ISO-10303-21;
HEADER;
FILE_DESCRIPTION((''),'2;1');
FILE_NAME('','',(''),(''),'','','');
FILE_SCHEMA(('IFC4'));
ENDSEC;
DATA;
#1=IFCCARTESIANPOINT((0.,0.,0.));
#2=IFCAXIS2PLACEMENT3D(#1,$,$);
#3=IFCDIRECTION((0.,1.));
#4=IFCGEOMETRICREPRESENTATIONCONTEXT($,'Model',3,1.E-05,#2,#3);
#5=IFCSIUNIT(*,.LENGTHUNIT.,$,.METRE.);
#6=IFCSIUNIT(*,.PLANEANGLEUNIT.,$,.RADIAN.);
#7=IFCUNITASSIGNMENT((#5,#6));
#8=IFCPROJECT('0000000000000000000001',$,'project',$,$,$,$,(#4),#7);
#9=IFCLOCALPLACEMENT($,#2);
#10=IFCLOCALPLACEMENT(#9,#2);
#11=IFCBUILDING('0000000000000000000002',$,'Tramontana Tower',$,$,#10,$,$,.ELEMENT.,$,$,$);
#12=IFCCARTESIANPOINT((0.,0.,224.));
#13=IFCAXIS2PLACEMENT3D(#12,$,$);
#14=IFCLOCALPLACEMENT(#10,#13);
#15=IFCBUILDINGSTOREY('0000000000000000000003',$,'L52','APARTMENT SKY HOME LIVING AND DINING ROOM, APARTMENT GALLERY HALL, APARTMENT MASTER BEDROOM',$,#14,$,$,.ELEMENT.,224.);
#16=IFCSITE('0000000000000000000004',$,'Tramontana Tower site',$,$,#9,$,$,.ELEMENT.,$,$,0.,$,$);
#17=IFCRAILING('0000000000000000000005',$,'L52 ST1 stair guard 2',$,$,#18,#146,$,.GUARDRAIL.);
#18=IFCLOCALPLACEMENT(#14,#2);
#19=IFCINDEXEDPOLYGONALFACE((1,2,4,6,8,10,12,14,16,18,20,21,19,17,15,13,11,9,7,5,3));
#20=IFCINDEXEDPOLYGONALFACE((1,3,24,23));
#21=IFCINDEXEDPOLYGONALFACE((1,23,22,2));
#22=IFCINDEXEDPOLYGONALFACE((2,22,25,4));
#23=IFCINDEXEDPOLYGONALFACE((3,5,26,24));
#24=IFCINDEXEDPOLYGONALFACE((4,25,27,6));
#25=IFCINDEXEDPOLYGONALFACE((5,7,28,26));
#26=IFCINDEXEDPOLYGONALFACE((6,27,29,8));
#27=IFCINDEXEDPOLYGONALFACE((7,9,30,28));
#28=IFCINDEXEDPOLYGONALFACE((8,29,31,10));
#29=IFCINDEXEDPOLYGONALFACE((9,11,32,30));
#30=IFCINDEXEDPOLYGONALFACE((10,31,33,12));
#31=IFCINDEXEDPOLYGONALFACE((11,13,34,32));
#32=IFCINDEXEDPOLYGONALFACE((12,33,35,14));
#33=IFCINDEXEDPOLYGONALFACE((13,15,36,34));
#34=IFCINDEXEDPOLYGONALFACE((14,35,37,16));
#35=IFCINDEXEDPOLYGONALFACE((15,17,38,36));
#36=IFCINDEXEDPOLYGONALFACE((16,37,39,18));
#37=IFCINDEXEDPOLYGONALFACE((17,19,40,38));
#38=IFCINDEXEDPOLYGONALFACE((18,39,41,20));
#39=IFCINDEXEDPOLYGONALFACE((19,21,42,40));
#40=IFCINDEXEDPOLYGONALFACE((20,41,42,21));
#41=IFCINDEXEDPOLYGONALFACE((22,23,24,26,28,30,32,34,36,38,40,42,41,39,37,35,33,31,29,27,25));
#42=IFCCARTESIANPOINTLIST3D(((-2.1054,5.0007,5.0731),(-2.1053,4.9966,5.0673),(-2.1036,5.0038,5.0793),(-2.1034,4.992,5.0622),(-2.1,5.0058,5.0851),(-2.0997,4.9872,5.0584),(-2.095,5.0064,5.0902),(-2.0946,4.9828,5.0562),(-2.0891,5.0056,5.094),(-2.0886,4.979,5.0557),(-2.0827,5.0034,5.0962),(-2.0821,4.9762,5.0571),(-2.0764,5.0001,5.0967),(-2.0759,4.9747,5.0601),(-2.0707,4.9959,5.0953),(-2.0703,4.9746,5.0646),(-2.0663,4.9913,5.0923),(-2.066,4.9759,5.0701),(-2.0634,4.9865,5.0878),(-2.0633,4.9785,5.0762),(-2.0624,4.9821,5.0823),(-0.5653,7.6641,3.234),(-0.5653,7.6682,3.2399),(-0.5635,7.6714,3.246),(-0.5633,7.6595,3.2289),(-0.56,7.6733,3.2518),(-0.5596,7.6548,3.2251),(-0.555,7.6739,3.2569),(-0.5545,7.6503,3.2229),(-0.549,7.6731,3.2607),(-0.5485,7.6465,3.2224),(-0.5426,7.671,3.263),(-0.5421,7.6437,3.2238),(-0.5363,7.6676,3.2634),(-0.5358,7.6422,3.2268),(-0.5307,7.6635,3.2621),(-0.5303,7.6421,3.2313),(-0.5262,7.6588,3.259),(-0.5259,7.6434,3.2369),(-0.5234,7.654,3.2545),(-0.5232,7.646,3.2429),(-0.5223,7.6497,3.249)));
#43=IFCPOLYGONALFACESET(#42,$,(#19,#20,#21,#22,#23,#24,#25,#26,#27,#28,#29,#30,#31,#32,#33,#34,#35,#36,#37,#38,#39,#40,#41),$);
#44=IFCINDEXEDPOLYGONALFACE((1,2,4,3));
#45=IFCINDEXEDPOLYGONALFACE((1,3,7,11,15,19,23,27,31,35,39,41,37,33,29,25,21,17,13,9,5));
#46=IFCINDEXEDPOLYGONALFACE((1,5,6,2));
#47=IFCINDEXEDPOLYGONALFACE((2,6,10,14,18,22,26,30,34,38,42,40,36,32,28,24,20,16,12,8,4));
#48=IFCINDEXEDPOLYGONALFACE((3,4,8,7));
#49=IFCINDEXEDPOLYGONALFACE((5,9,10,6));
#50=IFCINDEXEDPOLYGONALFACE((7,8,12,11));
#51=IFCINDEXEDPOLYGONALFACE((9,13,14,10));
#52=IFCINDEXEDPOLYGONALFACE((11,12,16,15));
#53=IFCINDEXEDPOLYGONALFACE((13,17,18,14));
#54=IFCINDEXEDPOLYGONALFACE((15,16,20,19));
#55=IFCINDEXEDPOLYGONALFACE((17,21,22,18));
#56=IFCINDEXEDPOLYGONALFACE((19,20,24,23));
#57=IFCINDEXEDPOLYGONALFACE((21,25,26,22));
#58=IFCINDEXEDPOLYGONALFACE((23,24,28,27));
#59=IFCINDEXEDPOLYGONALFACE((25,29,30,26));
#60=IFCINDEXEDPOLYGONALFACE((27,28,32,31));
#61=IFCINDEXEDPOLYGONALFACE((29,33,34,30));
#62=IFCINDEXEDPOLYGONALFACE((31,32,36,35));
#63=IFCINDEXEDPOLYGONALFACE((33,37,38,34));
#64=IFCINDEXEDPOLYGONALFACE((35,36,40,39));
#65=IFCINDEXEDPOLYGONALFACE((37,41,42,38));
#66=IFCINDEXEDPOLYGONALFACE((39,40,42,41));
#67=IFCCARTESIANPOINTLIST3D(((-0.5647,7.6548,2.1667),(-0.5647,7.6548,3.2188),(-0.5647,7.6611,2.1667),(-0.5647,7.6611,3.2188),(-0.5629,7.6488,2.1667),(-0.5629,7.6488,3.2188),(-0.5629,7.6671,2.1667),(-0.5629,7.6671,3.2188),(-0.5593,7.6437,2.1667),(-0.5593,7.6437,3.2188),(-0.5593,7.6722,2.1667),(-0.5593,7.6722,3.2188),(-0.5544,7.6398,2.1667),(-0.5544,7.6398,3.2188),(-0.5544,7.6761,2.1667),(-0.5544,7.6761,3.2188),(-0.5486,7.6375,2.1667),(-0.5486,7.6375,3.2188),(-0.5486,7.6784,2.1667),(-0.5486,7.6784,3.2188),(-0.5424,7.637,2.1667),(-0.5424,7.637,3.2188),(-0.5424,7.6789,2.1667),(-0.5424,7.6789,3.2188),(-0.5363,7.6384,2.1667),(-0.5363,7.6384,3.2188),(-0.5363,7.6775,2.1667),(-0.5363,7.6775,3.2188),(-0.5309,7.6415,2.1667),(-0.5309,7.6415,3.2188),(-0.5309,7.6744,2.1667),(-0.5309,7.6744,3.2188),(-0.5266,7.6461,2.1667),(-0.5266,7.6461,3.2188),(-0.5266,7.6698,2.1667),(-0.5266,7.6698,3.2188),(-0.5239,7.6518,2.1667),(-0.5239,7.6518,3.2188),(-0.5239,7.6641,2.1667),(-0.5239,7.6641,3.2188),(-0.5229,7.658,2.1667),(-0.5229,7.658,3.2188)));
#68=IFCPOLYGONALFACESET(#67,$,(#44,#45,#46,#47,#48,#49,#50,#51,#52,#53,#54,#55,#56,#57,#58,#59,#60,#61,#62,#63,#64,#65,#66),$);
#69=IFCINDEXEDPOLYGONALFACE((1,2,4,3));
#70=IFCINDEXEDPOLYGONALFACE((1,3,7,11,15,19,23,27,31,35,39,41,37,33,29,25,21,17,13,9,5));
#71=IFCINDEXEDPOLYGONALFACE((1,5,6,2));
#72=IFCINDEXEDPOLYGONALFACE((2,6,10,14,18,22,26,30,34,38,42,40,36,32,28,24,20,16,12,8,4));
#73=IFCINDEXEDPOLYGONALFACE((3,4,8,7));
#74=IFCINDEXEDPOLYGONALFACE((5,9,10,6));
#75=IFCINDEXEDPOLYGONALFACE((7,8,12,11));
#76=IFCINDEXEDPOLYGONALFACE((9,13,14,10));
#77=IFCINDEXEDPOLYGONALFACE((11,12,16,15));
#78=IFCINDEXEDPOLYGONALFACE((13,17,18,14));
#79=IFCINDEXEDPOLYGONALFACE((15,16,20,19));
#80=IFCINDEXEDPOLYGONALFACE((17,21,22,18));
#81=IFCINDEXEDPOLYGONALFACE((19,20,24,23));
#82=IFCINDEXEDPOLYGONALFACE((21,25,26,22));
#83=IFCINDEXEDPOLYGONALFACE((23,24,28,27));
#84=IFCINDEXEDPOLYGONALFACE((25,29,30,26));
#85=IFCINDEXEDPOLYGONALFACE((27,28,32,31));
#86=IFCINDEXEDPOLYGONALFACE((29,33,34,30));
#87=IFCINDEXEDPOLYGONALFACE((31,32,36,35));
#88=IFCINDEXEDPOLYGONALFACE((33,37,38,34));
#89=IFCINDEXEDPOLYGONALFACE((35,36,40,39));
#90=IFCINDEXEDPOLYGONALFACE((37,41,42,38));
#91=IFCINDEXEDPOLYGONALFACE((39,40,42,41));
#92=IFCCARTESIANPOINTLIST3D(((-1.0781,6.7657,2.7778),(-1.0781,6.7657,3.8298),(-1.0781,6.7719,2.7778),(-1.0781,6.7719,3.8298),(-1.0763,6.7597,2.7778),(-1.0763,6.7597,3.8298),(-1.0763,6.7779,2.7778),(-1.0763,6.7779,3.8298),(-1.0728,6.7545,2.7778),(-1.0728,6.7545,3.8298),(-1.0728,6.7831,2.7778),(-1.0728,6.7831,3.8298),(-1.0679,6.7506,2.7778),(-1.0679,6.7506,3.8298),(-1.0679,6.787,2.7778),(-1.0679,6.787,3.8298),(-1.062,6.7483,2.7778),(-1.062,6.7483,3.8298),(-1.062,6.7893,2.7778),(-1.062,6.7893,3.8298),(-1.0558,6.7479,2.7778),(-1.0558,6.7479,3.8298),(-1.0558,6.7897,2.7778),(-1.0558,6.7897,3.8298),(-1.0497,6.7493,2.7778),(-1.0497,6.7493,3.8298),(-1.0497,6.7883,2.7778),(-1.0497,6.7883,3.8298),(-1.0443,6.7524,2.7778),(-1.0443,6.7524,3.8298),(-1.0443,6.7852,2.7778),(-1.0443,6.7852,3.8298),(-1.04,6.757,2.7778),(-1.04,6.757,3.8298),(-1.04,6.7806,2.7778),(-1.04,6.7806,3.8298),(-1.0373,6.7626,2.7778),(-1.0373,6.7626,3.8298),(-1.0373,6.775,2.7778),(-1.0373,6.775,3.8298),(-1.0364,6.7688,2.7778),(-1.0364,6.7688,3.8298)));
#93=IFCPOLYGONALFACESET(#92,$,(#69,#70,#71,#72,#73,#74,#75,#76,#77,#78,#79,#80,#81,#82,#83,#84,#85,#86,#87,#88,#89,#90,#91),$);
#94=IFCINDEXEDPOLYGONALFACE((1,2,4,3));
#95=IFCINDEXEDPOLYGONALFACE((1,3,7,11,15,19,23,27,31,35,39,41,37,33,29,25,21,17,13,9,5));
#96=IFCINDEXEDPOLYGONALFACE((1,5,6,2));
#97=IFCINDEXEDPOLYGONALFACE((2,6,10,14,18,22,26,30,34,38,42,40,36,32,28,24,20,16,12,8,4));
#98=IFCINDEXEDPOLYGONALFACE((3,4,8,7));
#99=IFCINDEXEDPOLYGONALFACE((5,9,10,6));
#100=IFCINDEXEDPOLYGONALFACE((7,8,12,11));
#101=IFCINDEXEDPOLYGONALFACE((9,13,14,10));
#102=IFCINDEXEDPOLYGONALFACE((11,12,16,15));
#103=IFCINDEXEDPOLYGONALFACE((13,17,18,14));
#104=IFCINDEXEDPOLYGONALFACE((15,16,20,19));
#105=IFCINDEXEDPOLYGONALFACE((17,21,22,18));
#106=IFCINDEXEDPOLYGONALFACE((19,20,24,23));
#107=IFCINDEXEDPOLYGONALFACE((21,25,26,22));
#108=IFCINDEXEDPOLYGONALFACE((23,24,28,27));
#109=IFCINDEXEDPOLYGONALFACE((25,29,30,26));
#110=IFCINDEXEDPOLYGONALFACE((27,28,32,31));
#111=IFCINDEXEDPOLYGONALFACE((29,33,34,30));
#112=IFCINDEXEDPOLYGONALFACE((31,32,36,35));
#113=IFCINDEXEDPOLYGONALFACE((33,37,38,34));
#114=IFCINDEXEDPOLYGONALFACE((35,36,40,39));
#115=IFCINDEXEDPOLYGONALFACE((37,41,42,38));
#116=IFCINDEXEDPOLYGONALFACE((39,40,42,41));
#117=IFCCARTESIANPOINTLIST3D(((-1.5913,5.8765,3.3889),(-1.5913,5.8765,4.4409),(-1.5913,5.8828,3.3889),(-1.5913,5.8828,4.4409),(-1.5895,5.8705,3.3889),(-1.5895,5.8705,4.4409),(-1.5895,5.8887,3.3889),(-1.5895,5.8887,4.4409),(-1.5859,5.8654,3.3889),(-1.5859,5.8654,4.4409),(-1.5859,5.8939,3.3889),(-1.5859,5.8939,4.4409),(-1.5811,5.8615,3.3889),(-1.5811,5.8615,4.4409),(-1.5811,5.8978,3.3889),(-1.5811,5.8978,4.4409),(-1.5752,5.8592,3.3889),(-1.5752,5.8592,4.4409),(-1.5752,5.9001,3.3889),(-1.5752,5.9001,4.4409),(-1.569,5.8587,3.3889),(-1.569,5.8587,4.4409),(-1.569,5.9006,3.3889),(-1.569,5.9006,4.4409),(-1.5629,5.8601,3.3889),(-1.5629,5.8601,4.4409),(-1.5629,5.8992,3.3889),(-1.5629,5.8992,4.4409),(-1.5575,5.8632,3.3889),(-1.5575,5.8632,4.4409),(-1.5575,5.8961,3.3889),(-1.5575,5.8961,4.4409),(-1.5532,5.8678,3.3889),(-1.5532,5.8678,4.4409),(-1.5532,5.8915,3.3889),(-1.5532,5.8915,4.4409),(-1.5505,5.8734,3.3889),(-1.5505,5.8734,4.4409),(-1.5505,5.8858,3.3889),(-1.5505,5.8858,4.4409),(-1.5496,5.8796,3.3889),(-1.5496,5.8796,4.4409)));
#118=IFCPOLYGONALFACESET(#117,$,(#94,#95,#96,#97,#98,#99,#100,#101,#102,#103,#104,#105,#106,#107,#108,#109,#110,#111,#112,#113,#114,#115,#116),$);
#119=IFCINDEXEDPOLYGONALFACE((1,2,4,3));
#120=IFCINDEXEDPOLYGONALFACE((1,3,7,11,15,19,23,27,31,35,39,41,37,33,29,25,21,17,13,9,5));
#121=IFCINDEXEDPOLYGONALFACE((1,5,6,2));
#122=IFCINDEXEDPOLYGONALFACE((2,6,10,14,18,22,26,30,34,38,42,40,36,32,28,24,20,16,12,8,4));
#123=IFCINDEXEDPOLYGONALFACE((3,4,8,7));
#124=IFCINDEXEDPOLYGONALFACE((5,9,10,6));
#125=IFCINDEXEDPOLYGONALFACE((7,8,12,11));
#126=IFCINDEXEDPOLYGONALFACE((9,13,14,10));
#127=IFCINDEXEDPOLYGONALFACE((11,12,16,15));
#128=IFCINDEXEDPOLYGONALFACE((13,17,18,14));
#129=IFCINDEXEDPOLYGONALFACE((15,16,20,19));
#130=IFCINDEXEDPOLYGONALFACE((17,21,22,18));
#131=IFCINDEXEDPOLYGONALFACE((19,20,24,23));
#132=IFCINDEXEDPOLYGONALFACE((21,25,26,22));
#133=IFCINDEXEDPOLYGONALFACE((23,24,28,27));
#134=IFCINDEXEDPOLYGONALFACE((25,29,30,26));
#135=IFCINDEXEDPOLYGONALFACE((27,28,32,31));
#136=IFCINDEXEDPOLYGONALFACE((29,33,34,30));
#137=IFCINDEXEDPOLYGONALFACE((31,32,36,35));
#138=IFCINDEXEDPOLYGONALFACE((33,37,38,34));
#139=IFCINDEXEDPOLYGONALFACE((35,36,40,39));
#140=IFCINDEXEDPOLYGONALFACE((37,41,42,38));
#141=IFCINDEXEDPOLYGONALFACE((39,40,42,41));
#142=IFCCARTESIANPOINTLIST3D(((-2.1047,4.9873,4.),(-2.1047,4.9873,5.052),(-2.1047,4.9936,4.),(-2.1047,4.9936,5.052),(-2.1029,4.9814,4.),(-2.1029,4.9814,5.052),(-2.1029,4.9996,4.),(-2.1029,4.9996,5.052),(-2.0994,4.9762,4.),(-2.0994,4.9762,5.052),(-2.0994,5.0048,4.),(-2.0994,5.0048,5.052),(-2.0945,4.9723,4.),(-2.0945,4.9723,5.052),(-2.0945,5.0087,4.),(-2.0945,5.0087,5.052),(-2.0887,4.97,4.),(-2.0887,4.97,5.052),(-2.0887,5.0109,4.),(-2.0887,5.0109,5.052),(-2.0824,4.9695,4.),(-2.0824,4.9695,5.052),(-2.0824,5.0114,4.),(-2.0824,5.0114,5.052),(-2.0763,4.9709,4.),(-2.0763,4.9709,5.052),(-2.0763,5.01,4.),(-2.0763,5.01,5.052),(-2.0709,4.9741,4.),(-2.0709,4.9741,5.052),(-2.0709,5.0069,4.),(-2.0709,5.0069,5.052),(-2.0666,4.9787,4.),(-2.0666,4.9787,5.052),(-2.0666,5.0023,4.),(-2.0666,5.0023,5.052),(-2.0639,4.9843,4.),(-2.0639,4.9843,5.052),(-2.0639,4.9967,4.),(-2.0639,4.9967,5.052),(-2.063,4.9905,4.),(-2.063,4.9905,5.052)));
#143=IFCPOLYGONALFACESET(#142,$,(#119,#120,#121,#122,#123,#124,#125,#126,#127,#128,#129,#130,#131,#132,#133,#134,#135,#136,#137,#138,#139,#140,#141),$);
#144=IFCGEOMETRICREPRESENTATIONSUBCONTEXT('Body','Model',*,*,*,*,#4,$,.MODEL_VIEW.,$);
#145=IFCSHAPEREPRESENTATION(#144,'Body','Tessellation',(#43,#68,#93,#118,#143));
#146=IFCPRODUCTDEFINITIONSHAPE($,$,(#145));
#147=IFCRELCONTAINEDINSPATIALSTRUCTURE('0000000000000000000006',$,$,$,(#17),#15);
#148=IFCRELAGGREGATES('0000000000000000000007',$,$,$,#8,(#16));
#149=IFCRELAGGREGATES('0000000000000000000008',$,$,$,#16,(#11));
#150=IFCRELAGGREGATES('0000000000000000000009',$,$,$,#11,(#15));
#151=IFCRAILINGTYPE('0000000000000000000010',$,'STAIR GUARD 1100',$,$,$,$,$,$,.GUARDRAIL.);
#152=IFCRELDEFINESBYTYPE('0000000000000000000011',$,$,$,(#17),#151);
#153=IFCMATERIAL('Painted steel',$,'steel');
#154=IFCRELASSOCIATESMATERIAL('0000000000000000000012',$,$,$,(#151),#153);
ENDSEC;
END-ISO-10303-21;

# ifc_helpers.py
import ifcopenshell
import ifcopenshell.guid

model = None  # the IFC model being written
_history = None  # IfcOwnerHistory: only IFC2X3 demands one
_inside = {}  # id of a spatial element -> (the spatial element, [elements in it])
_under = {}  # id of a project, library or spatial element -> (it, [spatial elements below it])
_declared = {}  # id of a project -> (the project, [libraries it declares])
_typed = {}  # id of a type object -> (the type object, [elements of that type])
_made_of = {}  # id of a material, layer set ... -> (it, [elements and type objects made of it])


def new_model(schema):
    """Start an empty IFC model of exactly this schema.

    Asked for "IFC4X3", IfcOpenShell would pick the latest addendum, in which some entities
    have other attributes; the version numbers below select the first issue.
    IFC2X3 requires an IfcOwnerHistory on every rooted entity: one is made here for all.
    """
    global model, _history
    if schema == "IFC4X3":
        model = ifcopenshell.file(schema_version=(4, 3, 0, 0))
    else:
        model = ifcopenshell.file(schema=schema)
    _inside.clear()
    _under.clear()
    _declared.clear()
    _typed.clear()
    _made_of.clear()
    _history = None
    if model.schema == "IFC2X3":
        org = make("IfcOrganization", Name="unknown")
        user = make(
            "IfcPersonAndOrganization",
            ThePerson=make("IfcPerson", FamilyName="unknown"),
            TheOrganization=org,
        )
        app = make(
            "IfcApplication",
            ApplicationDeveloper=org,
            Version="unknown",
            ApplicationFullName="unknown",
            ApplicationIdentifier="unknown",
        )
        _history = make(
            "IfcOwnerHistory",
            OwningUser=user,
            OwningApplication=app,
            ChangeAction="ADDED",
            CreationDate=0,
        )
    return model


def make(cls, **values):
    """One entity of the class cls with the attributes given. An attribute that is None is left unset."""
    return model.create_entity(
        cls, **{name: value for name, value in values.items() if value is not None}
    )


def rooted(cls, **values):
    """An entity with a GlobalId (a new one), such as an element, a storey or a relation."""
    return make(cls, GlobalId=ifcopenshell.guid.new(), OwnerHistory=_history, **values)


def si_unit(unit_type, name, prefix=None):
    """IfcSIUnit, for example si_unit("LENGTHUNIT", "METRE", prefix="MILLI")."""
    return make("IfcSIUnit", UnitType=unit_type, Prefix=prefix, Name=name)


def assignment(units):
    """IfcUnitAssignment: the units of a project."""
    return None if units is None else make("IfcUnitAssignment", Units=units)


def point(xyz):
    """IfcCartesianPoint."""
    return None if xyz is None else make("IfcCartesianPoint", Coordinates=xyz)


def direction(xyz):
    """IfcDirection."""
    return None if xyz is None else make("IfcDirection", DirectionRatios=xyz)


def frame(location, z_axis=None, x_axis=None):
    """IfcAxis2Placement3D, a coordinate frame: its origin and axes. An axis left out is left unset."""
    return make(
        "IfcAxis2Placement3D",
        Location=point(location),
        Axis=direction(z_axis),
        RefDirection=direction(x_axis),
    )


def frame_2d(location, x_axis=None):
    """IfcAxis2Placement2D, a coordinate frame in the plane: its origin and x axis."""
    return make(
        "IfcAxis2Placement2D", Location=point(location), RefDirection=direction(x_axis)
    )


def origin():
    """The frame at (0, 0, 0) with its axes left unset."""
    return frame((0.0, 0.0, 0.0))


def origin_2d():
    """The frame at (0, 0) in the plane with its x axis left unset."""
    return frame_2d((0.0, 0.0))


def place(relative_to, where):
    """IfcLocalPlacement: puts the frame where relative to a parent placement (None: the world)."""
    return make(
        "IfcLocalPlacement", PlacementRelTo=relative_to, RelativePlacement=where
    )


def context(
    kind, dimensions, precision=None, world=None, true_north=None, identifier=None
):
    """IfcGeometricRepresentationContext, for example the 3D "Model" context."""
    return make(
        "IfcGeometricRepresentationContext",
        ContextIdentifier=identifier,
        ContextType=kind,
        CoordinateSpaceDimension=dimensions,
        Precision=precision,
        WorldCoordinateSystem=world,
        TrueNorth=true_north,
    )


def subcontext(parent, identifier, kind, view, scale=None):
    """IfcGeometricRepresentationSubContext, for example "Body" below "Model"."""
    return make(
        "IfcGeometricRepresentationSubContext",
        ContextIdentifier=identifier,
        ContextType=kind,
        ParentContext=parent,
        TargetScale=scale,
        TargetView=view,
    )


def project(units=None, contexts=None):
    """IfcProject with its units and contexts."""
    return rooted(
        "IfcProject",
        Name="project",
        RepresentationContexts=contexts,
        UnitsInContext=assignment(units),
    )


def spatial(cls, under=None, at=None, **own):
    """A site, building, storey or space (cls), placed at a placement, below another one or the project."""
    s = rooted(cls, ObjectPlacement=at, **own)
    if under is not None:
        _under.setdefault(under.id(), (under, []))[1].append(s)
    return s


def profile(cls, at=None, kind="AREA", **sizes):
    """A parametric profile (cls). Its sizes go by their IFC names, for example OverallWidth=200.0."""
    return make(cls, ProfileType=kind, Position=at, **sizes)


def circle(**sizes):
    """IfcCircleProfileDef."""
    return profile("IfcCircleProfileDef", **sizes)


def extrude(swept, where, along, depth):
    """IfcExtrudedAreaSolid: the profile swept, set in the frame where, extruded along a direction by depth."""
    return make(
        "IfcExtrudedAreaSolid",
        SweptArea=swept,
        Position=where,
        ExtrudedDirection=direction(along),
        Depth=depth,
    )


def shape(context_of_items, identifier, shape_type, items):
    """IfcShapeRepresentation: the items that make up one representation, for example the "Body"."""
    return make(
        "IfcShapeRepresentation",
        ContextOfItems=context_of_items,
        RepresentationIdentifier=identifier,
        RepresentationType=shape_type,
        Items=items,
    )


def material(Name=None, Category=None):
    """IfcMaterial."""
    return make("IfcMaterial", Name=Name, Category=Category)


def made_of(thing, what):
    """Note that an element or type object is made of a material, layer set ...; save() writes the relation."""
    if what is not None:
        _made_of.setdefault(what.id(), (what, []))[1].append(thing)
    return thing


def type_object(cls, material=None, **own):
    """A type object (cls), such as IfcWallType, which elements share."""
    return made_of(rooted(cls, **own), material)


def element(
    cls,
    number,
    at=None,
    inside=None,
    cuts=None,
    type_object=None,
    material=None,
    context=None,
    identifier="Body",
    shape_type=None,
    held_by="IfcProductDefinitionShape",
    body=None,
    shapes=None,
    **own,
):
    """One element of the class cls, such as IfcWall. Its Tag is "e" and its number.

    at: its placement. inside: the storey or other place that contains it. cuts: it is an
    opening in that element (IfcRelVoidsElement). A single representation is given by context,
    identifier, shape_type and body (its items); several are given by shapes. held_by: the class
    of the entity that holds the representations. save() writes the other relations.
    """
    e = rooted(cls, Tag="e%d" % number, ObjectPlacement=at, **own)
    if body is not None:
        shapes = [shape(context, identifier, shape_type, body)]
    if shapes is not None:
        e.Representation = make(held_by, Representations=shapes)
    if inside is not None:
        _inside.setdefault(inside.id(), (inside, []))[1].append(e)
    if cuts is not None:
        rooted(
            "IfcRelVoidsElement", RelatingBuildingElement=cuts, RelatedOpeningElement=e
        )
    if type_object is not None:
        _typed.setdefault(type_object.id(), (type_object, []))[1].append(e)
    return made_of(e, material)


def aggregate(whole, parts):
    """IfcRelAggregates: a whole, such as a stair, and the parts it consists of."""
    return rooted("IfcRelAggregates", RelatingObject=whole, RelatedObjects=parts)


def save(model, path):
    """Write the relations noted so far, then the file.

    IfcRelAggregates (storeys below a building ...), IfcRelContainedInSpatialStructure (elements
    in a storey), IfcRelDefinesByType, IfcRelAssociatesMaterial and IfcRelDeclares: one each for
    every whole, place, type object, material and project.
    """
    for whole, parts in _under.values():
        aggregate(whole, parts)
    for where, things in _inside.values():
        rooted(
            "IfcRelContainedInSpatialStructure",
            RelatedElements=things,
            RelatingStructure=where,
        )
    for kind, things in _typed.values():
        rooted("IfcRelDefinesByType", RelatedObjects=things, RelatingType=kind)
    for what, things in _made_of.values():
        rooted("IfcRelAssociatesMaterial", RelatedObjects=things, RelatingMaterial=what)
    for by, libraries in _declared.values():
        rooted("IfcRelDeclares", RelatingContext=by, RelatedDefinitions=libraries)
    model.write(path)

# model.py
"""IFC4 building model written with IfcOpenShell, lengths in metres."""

from ifc_helpers import new_model, si_unit, direction, frame, origin, origin_2d, place, context, subcontext, project, spatial, circle, extrude, material, type_object, element, save


model = new_model("IFC4")

# Units and contexts
model_context = context("Model", 3, precision=1e-05, world=origin(), true_north=direction((0.0, 1.0)))
body_context = subcontext(model_context, "Body", "Model", "MODEL_VIEW")
ifc_project = project(units=[si_unit("LENGTHUNIT", "METRE"), si_unit("PLANEANGLEUNIT", "RADIAN")], contexts=[model_context])

# Site, building, storey
site_placement = place(None, origin())
site = spatial("IfcSite", under=ifc_project, at=site_placement, Name="Tramontana Tower site", CompositionType="ELEMENT", RefElevation=0.0)
building_placement = place(site_placement, origin())
building = spatial("IfcBuilding", under=site, at=building_placement, Name="Tramontana Tower", CompositionType="ELEMENT")
storey_placement = place(building_placement, frame((0.0, 0.0, 224.0)))
storey = spatial("IfcBuildingStorey", under=building, at=storey_placement, Name="L52", Description="APARTMENT SKY HOME LIVING AND DINING ROOM, APARTMENT GALLERY HALL, APARTMENT MASTER BEDROOM", CompositionType="ELEMENT", Elevation=224.0)

# Railing
ifc_material_1 = material(Name="Painted steel", Category="steel")
railing_type_1 = type_object("IfcRailingType", Name="STAIR GUARD 1100", PredefinedType="GUARDRAIL", material=ifc_material_1)
railing_1_placement = place(storey_placement, frame((-0.5439, 7.658, 2.1667)))
element("IfcRailing", 1, at=railing_1_placement, inside=storey, type_object=railing_type_1, Name="L52 ST1 stair guard 2", PredefinedType="GUARDRAIL", context=body_context, shape_type="SweptSolid", body=[
    extrude(circle(Radius=0.0239, at=origin_2d()), frame((0.0, 0.0, 1.0762), z_axis=(-0.429649, -0.74419, 0.511452), x_axis=(0.86603, -0.499992, 0.0)), (0.0, 0.0, 1.0), 3.5845),
    extrude(circle(Radius=0.021, at=origin_2d()), origin(), (0.0, 0.0, 1.0), 1.052),
    extrude(circle(Radius=0.021, at=origin_2d()), frame((-0.5134, -0.8892, 0.6111)), (0.0, 0.0, 1.0), 1.052),
    extrude(circle(Radius=0.021, at=origin_2d()), frame((-1.0266, -1.7783, 1.2222)), (0.0, 0.0, 1.0), 1.052),
    extrude(circle(Radius=0.021, at=origin_2d()), frame((-1.54, -2.6675, 1.8333)), (0.0, 0.0, 1.0), 1.052),
])

save(model, "model.ifc")
